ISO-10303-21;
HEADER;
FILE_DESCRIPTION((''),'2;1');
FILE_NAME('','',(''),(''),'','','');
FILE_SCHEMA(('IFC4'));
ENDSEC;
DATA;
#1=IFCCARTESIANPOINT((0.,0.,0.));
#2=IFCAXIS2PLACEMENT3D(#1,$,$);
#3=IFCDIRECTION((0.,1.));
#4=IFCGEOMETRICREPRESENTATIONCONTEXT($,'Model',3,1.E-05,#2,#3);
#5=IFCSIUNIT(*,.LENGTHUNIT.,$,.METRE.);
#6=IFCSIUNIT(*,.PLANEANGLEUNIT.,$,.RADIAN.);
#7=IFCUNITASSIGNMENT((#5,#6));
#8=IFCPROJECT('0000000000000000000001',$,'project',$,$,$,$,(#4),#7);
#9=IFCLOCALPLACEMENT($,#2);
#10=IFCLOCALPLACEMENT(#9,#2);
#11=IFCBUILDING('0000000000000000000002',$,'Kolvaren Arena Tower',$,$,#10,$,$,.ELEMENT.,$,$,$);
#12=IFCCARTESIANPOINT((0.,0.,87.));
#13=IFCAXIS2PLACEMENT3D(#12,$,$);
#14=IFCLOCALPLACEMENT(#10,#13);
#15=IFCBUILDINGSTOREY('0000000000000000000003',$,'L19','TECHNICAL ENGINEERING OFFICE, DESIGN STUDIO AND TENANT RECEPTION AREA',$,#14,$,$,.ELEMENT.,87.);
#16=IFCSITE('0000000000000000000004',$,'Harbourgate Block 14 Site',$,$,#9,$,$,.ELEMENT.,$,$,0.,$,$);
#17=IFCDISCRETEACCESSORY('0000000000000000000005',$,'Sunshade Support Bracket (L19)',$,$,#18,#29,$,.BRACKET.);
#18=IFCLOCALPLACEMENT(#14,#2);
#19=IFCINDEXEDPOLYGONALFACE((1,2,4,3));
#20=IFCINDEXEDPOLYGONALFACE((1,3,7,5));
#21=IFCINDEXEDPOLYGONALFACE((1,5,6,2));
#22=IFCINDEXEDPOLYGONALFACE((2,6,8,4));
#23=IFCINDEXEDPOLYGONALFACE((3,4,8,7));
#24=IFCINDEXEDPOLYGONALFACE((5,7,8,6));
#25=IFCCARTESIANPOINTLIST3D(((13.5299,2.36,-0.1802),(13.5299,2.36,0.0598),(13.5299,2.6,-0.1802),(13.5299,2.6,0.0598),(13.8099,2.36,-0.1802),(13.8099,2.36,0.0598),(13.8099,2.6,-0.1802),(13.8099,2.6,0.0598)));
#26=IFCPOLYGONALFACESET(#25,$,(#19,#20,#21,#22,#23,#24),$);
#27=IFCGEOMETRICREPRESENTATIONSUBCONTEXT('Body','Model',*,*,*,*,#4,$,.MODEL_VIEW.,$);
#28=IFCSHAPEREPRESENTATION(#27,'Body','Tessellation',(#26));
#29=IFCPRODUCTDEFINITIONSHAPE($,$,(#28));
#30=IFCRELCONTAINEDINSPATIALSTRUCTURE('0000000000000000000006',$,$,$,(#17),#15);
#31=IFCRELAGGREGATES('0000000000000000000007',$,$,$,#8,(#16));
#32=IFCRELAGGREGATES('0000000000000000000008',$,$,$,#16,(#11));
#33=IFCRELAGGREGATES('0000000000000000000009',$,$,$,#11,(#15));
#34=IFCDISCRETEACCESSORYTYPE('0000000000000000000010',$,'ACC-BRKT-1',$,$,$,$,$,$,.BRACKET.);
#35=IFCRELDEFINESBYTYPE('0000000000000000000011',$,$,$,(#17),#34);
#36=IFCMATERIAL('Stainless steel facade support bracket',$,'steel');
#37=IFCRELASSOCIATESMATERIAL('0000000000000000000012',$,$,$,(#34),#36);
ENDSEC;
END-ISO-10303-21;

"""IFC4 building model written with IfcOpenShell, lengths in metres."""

from ifc_helpers import new_model, si_unit, direction, frame, origin, origin_2d, place, context, subcontext, project, spatial, rectangle, extrude, material, type_object, element, save


model = new_model("IFC4")

# Units and contexts
model_context = context("Model", 3, precision=1e-05, world=origin(), true_north=direction((0.0, 1.0)))
body_context = subcontext(model_context, "Body", "Model", "MODEL_VIEW")
ifc_project = project(units=[si_unit("LENGTHUNIT", "METRE"), si_unit("PLANEANGLEUNIT", "RADIAN")], contexts=[model_context])

# Site, building, storey
site_placement = place(None, origin())
site = spatial("IfcSite", under=ifc_project, at=site_placement, Name="Harbourgate Block 14 Site", CompositionType="ELEMENT", RefElevation=0.0)
building_placement = place(site_placement, origin())
building = spatial("IfcBuilding", under=site, at=building_placement, Name="Kolvaren Arena Tower", CompositionType="ELEMENT")
storey_placement = place(building_placement, frame((0.0, 0.0, 87.0)))
storey = spatial("IfcBuildingStorey", under=building, at=storey_placement, Name="L19", Description="TECHNICAL ENGINEERING OFFICE, DESIGN STUDIO AND TENANT RECEPTION AREA", CompositionType="ELEMENT", Elevation=87.0)

# Discrete accessory
ifc_material_1 = material(Name="Stainless steel facade support bracket", Category="steel")
discrete_accessory_type = type_object("IfcDiscreteAccessoryType", Name="ACC-BRKT-1", PredefinedType="BRACKET", material=ifc_material_1)
discrete_accessory_placement = place(storey_placement, frame((13.6699, 2.48, -0.1802), z_axis=(0.0, 0.0, 1.0), x_axis=(-1.0, 0.0, 0.0)))
element("IfcDiscreteAccessory", 1, at=discrete_accessory_placement, inside=storey, type_object=discrete_accessory_type, Name="Sunshade Support Bracket (L19)", PredefinedType="BRACKET", context=body_context, shape_type="SweptSolid", body=[
    extrude(rectangle(XDim=0.28, YDim=0.24, at=origin_2d()), origin(), (0.0, 0.0, 1.0), 0.24),
])

save(model, "model.ifc")
